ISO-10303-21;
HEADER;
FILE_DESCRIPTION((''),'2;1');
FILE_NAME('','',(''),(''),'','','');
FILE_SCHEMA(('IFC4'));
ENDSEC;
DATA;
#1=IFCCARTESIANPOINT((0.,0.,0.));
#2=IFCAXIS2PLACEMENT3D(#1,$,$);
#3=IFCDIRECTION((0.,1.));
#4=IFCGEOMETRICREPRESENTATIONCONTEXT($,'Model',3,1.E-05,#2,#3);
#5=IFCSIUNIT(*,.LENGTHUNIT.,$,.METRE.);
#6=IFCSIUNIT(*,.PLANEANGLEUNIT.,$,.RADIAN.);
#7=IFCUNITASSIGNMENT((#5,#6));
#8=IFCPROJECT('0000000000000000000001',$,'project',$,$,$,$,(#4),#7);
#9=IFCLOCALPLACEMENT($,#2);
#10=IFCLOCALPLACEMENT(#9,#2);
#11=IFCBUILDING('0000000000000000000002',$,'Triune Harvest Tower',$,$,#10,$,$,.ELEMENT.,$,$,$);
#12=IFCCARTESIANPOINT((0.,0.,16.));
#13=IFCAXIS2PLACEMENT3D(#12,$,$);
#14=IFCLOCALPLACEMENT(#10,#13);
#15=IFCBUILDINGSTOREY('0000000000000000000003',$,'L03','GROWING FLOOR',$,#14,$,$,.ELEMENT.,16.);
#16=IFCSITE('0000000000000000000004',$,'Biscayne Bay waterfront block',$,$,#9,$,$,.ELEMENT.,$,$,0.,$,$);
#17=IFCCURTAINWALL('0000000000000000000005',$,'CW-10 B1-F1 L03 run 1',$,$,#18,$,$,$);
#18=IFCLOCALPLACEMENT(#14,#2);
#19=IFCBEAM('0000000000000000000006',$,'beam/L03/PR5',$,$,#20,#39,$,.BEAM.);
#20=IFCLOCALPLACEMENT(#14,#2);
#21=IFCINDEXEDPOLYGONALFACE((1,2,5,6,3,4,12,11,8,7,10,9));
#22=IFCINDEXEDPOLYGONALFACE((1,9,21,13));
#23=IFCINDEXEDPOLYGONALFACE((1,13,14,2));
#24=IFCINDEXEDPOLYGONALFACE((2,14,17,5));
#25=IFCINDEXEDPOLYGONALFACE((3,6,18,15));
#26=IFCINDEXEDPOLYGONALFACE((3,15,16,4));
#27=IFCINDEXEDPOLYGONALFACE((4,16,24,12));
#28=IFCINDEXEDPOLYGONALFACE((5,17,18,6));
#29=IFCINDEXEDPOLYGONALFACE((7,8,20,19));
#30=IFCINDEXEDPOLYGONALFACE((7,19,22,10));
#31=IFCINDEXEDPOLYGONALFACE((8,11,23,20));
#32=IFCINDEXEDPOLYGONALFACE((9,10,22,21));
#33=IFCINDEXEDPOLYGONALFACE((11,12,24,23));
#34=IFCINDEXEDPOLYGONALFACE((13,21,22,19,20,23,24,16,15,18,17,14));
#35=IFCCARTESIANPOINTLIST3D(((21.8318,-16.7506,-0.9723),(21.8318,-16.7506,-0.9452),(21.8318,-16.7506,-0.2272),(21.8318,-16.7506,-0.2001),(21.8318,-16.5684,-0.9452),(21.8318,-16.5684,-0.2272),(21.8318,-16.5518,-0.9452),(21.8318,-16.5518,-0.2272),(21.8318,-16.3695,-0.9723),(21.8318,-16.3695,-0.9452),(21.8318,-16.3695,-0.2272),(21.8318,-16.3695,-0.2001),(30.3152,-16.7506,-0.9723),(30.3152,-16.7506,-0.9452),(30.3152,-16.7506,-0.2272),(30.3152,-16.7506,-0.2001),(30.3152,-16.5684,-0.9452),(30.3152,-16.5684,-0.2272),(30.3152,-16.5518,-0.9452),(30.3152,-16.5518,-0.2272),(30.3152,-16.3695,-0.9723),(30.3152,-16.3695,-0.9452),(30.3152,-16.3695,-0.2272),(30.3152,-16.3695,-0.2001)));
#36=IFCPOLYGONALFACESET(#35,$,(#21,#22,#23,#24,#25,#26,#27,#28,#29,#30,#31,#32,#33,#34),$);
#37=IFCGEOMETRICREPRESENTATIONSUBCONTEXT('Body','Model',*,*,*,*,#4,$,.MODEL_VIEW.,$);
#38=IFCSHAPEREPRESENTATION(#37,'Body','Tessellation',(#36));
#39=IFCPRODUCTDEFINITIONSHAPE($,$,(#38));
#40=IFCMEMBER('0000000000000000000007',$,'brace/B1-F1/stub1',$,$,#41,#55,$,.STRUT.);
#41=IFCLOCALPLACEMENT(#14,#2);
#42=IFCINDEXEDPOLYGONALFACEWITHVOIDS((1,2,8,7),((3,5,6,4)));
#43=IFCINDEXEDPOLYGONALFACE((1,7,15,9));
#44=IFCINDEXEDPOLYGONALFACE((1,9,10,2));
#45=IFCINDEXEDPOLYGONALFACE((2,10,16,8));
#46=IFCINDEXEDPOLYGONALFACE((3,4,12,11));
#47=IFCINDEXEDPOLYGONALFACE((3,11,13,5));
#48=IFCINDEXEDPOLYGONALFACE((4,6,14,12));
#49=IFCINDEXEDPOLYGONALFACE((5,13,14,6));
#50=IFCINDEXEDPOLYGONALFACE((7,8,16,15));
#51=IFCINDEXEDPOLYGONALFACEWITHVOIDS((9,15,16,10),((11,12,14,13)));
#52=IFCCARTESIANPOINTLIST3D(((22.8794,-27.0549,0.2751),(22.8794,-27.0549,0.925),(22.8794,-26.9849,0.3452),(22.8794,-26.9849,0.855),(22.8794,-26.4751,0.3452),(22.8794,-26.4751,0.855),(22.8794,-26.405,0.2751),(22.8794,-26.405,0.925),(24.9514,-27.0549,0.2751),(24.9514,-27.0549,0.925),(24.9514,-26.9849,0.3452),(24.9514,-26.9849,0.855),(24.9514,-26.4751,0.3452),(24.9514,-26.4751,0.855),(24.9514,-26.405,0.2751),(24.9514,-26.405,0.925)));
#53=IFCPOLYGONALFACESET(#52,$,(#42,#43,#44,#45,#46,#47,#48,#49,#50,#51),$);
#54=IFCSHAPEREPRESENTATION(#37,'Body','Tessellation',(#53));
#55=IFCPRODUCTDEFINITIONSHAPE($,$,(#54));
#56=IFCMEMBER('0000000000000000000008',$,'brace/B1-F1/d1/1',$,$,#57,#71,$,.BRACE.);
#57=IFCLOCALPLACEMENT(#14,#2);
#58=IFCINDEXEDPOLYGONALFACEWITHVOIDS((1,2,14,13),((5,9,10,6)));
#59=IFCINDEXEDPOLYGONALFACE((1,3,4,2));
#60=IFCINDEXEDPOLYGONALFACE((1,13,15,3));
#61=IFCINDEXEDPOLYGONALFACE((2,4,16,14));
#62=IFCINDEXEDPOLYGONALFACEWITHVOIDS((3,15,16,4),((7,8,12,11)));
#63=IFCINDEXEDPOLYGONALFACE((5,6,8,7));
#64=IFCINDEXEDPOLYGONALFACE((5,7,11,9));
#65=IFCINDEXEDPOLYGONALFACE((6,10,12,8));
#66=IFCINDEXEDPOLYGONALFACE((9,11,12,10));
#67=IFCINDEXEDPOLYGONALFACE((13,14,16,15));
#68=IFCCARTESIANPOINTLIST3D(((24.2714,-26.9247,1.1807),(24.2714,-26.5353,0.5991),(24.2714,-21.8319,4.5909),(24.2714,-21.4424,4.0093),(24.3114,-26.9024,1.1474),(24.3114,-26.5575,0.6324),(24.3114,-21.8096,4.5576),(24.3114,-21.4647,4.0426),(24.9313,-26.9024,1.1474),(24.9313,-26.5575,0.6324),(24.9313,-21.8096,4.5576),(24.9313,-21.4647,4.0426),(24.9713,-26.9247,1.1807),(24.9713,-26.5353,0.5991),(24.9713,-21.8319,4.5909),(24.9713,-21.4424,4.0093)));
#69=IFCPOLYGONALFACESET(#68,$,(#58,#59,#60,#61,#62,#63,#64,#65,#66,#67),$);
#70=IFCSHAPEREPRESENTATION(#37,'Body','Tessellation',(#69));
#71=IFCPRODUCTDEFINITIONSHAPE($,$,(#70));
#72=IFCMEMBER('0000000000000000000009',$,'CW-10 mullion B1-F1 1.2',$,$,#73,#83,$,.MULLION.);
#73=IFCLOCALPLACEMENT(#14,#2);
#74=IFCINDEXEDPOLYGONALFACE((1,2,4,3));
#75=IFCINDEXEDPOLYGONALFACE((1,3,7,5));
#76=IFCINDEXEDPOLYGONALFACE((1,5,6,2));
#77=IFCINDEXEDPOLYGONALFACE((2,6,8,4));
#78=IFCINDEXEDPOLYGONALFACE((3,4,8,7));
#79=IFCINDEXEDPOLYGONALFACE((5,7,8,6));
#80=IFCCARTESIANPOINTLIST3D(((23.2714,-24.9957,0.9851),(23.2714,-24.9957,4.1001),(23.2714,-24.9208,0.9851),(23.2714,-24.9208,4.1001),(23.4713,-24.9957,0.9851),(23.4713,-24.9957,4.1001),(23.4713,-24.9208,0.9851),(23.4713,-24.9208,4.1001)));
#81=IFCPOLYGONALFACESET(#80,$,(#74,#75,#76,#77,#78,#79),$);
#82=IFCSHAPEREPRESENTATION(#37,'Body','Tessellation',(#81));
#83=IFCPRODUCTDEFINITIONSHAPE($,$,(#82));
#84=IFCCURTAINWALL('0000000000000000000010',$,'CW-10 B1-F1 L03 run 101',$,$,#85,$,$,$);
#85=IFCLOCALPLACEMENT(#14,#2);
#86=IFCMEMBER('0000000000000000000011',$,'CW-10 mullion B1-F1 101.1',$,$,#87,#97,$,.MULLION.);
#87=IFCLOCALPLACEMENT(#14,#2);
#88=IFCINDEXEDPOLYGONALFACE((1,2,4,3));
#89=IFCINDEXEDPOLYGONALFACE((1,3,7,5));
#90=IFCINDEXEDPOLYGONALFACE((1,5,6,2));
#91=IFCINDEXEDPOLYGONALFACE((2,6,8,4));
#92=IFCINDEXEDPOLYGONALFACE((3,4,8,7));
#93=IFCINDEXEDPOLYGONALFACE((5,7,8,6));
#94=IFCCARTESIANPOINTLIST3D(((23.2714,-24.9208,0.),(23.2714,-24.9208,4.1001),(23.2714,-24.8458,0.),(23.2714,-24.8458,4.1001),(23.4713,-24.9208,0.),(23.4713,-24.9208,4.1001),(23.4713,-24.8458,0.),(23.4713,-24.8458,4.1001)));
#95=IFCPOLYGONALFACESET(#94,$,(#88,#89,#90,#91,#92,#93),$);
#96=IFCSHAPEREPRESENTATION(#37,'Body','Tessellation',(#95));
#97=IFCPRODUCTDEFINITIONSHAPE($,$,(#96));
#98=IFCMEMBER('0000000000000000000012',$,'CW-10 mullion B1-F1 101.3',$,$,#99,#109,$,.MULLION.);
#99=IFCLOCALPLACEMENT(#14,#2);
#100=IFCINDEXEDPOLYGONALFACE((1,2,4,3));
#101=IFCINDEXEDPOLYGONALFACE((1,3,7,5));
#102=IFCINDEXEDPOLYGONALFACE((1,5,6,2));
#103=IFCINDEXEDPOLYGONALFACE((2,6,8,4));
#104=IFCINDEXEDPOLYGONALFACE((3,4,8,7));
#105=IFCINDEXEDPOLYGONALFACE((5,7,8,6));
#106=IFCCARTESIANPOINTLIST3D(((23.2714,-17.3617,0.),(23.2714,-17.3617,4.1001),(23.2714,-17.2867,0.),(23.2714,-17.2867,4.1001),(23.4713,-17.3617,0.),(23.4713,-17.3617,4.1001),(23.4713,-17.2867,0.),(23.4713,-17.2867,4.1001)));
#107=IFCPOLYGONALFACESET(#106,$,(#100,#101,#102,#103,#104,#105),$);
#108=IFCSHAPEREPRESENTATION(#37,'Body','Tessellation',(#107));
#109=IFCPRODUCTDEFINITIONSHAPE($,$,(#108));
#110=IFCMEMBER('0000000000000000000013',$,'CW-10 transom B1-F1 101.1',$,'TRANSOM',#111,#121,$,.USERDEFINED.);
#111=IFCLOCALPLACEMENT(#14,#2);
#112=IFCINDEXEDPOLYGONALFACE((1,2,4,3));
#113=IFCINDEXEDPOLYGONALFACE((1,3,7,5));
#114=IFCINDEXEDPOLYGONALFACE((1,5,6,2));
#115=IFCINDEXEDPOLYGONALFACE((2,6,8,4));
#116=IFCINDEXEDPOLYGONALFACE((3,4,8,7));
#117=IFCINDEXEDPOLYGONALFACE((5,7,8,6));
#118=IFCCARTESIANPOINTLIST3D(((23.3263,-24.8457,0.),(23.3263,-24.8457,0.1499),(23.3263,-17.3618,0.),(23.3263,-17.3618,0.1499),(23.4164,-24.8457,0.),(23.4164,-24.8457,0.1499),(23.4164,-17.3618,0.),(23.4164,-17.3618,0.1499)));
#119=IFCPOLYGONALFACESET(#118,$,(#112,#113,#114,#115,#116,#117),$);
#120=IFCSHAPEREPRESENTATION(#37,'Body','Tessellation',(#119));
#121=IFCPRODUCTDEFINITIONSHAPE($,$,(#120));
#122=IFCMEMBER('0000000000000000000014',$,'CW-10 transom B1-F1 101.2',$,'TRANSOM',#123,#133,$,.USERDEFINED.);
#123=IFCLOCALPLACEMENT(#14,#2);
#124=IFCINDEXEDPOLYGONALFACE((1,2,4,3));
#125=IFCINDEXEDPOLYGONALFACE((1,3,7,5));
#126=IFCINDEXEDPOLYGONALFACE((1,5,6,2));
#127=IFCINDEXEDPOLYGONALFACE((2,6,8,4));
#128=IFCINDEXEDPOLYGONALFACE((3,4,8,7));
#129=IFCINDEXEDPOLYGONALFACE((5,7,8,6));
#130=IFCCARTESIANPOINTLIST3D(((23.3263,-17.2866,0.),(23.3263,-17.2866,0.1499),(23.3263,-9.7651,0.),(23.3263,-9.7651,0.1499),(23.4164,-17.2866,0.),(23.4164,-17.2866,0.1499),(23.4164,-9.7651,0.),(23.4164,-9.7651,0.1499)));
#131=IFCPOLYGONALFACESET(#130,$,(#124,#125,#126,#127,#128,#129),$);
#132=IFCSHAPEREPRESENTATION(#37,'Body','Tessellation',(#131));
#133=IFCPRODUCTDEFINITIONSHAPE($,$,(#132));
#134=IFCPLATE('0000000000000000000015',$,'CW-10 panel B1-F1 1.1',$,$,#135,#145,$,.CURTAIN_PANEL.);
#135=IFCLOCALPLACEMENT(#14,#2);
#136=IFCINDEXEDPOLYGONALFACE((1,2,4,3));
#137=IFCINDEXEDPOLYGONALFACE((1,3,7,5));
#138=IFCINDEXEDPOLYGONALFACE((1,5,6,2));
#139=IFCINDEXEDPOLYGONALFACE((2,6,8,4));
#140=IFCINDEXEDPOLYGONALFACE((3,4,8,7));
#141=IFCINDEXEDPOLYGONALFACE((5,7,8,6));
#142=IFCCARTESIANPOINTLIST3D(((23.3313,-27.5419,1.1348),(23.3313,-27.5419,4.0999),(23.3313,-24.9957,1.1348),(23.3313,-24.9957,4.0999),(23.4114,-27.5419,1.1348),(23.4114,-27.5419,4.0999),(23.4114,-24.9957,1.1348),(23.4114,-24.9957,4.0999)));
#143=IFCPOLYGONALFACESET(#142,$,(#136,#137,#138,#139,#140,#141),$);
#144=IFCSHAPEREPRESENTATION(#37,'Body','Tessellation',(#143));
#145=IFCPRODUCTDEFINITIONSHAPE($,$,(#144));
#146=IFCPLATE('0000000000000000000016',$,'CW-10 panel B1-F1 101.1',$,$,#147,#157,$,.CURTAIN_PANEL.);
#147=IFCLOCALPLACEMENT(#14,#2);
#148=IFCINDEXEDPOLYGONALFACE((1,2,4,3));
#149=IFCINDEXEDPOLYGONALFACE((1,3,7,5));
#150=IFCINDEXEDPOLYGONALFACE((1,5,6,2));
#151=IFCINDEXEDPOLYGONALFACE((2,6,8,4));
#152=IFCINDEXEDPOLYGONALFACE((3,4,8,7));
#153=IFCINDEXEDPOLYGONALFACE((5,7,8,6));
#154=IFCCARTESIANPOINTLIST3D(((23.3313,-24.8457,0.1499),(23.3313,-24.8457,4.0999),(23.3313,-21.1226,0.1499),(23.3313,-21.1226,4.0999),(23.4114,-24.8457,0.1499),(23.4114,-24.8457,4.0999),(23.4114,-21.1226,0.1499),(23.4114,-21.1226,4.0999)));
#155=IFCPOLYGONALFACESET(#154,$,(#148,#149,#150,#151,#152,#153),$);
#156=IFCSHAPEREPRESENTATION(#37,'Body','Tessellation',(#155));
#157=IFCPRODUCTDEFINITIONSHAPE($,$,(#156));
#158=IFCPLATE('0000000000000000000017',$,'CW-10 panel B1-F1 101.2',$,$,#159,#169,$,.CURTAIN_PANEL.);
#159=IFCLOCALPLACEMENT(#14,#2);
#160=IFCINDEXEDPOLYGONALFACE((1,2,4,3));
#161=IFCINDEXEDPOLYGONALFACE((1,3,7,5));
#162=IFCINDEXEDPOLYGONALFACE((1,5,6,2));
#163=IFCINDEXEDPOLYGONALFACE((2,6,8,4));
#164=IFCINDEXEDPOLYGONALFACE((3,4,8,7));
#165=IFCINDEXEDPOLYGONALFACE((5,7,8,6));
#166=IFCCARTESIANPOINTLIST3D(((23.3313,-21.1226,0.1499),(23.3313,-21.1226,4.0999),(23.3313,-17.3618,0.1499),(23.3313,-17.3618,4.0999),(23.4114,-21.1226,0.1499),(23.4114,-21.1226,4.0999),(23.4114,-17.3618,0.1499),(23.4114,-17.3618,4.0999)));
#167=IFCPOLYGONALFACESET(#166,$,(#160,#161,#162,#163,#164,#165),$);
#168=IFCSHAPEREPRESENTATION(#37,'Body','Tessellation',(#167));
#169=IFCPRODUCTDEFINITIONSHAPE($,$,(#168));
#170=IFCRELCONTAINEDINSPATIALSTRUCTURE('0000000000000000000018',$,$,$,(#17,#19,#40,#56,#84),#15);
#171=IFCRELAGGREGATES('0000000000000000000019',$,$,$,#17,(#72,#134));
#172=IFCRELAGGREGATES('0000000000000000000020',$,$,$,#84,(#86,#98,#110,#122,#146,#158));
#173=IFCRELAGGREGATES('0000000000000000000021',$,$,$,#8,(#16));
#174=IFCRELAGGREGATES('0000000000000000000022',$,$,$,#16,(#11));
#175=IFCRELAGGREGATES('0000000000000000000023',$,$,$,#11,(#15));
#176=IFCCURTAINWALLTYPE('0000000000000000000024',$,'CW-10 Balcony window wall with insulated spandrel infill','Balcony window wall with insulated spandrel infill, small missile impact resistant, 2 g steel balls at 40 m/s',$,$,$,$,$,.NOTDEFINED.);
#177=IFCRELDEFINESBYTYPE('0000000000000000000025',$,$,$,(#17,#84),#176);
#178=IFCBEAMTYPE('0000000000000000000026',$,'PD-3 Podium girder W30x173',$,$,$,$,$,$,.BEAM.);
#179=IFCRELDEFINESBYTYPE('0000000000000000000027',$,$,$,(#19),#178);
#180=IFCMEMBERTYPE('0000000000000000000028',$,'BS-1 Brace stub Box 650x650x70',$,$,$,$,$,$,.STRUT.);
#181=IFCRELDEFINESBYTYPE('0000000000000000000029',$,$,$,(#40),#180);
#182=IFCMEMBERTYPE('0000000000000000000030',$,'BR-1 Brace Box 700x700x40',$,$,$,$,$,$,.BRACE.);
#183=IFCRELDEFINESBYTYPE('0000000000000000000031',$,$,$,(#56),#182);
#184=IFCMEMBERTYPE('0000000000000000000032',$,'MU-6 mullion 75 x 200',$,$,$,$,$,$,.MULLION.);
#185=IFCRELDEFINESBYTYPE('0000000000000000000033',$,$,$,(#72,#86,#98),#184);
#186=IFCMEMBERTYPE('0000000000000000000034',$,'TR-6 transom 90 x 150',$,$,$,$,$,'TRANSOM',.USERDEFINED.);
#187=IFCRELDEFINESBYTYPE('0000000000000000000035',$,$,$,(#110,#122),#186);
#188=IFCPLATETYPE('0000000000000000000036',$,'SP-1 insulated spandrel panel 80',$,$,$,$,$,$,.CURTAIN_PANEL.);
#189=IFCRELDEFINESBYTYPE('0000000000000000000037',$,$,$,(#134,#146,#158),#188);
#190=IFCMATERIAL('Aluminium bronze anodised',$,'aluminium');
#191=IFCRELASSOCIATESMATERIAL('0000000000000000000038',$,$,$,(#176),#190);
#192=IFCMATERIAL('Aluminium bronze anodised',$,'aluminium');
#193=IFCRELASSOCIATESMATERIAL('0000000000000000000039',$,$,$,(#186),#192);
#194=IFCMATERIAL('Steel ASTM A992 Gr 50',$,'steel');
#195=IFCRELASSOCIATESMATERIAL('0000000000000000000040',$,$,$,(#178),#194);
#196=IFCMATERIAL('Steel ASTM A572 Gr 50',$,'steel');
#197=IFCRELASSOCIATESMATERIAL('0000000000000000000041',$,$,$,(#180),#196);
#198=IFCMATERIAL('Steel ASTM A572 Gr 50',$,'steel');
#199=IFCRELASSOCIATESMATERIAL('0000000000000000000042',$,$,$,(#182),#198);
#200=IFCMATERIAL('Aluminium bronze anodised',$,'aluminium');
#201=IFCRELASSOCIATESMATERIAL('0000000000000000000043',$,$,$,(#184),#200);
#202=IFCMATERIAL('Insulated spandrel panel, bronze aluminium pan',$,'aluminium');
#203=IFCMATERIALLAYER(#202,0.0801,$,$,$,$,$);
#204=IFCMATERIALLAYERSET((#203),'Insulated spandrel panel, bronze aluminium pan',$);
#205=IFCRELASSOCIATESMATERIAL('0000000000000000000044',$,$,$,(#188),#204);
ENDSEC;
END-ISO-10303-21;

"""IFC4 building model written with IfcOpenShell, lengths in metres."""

from ifc_helpers import new_model, si_unit, direction, frame, origin, origin_2d, place, context, subcontext, project, spatial, rectangle, hollow_rectangle, i_section, extrude, source, transform, mapped, material, layer, layer_set, material_profile, profile_set, type_object, element, aggregate, save


model = new_model("IFC4")

# Units and contexts
model_context = context("Model", 3, precision=1e-05, world=origin(), true_north=direction((0.0, 1.0)))
body_context = subcontext(model_context, "Body", "Model", "MODEL_VIEW")
ifc_project = project(units=[si_unit("LENGTHUNIT", "METRE"), si_unit("PLANEANGLEUNIT", "RADIAN")], contexts=[model_context])

# Site, building, storey
site_placement = place(None, origin())
site = spatial("IfcSite", under=ifc_project, at=site_placement, Name="Biscayne Bay waterfront block", CompositionType="ELEMENT", RefElevation=0.0)
building_placement = place(site_placement, origin())
building = spatial("IfcBuilding", under=site, at=building_placement, Name="Triune Harvest Tower", CompositionType="ELEMENT")
storey_placement = place(building_placement, frame((0.0, 0.0, 16.0)))
storey = spatial("IfcBuildingStorey", under=building, at=storey_placement, Name="L03", Description="GROWING FLOOR", CompositionType="ELEMENT", Elevation=16.0)

# Curtain wall
ifc_material_1 = material(Name="Aluminium bronze anodised", Category="aluminium")
curtain_wall_type = type_object("IfcCurtainWallType", Name="CW-10 Balcony window wall with insulated spandrel infill", Description="Balcony window wall with insulated spandrel infill, small missile impact resistant, 2 g steel balls at 40 m/s", PredefinedType="NOTDEFINED", material=ifc_material_1)
curtain_wall_1_placement = place(storey_placement, origin())
curtain_wall_1 = element("IfcCurtainWall", 1, at=curtain_wall_1_placement, inside=storey, type_object=curtain_wall_type, Name="CW-10 B1-F1 L03 run 1")
ifc_material_2 = material(Name="Aluminium bronze anodised", Category="aluminium")
ifc_material_profile_1 = material_profile(ifc_material_2, rectangle(XDim=0.0901, YDim=0.1499, at=origin_2d()), Name="TR-6 transom 90 x 150")
ifc_profile_set_1 = profile_set([ifc_material_profile_1], Name="Aluminium bronze anodised")
member_type_1 = type_object("IfcMemberType", Name="TR-6 transom 90 x 150", ElementType="TRANSOM", PredefinedType="USERDEFINED", material=ifc_profile_set_1)

# Beam
ifc_material_3 = material(Name="Steel ASTM A992 Gr 50", Category="steel")
ifc_material_profile_2 = material_profile(ifc_material_3, i_section(OverallWidth=0.3811, OverallDepth=0.7722, WebThickness=0.0166, FlangeThickness=0.0271, at=origin_2d()), Name="W30x173")
ifc_profile_set_2 = profile_set([ifc_material_profile_2], Name="Steel ASTM A992 Gr 50")
beam_type_1 = type_object("IfcBeamType", Name="PD-3 Podium girder W30x173", PredefinedType="BEAM", material=ifc_profile_set_2)
shared_shape_1 = source(origin(), body_context, "Body", "SweptSolid", [
    extrude(i_section(OverallWidth=0.3811, OverallDepth=0.7722, WebThickness=0.0166, FlangeThickness=0.0271, at=origin_2d()), origin(), (0.0, 0.0, 1.0), 8.4834),
])
for number, where, z_axis, x_axis, name in (
    (2, (30.3152, -16.5601, -0.5862), (-1.0, 0.0, 0.0), (0.0, -1.0, 0.0), "beam/L03/PR5"),
):
    element("IfcBeam", number, at=place(storey_placement, frame(where, z_axis=z_axis, x_axis=x_axis)), inside=storey, type_object=beam_type_1, Name=name, PredefinedType="BEAM", context=body_context, shape_type="MappedRepresentation", body=[
        mapped(shared_shape_1, transform((0.0, 0.0, 0.0), scale=1.0)),
    ])

# Members
ifc_material_4 = material(Name="Steel ASTM A572 Gr 50", Category="steel")
ifc_material_profile_3 = material_profile(ifc_material_4, hollow_rectangle(XDim=0.6499, YDim=0.6499, WallThickness=0.0701, at=origin_2d()), Name="Box 650x650x70")
ifc_profile_set_3 = profile_set([ifc_material_profile_3], Name="Steel ASTM A572 Gr 50")
member_type_2 = type_object("IfcMemberType", Name="BS-1 Brace stub Box 650x650x70", PredefinedType="STRUT", material=ifc_profile_set_3)
shared_shape_2 = source(origin(), body_context, "Body", "SweptSolid", [
    extrude(hollow_rectangle(XDim=0.6499, YDim=0.6499, WallThickness=0.0701, at=origin_2d()), origin(), (0.0, 0.0, 1.0), 2.072),
])
member_1_placement = place(storey_placement, frame((22.8794, -26.73, 0.6001), z_axis=(1.0, 0.0, 0.0), x_axis=(0.0, 1.0, 0.0)))
element("IfcMember", 3, at=member_1_placement, inside=storey, type_object=member_type_2, Name="brace/B1-F1/stub1", PredefinedType="STRUT", context=body_context, shape_type="MappedRepresentation", body=[
    mapped(shared_shape_2, transform((0.0, 0.0, 0.0), scale=1.0)),
])
ifc_material_5 = material(Name="Steel ASTM A572 Gr 50", Category="steel")
ifc_material_profile_4 = material_profile(ifc_material_5, hollow_rectangle(XDim=0.7, YDim=0.7, WallThickness=0.04, at=origin_2d()), Name="Box 700x700x40")
ifc_profile_set_4 = profile_set([ifc_material_profile_4], Name="Steel ASTM A572 Gr 50")
member_type_3 = type_object("IfcMemberType", Name="BR-1 Brace Box 700x700x40", PredefinedType="BRACE", material=ifc_profile_set_4)
shared_shape_3 = source(origin(), body_context, "Body", "SweptSolid", [
    extrude(hollow_rectangle(XDim=0.7, YDim=0.7, WallThickness=0.04, at=origin_2d()), origin(), (0.0, 0.0, 1.0), 6.1292),
])
member_2_placement = place(storey_placement, frame((24.6213, -26.73, 0.8899), z_axis=(0.0, 0.830921, 0.55639), x_axis=(-1.0, 0.0, 0.0)))
element("IfcMember", 4, at=member_2_placement, inside=storey, type_object=member_type_3, Name="brace/B1-F1/d1/1", PredefinedType="BRACE", context=body_context, shape_type="MappedRepresentation", body=[
    mapped(shared_shape_3, transform((0.0, 0.0, 0.0), scale=1.0)),
])

# Member
ifc_material_6 = material(Name="Aluminium bronze anodised", Category="aluminium")
ifc_material_profile_5 = material_profile(ifc_material_6, rectangle(XDim=0.2, YDim=0.075, at=origin_2d()), Name="MU-6 mullion 75 x 200")
ifc_profile_set_5 = profile_set([ifc_material_profile_5], Name="Aluminium bronze anodised")
member_type_4 = type_object("IfcMemberType", Name="MU-6 mullion 75 x 200", PredefinedType="MULLION", material=ifc_profile_set_5)
shared_shape_4 = source(origin(), body_context, "Body", "SweptSolid", [
    extrude(rectangle(XDim=0.2, YDim=0.075, at=origin_2d()), origin(), (0.0, 0.0, 1.0), 3.115),
])
member_3_placement = place(storey_placement, frame((23.3713, -24.9583, 0.9851), z_axis=(0.0, 0.0, 1.0), x_axis=(-1.0, 0.0, 0.0)))
member_3 = element("IfcMember", 5, at=member_3_placement, type_object=member_type_4, Name="CW-10 mullion B1-F1 1.2", PredefinedType="MULLION", context=body_context, shape_type="MappedRepresentation", body=[
    mapped(shared_shape_4, transform((0.0, 0.0, 0.0), scale=1.0)),
])

# Curtain wall, members
curtain_wall_2_placement = place(storey_placement, origin())
curtain_wall_2 = element("IfcCurtainWall", 6, at=curtain_wall_2_placement, inside=storey, type_object=curtain_wall_type, Name="CW-10 B1-F1 L03 run 101")
shared_shape_5 = source(origin(), body_context, "Body", "SweptSolid", [
    extrude(rectangle(XDim=0.2, YDim=0.075, at=origin_2d()), origin(), (0.0, 0.0, 1.0), 4.1001),
])
member_4_placement = place(storey_placement, frame((23.3713, -24.8833, 0.0), z_axis=(0.0, 0.0, 1.0), x_axis=(-1.0, 0.0, 0.0)))
member_4 = element("IfcMember", 7, at=member_4_placement, type_object=member_type_4, Name="CW-10 mullion B1-F1 101.1", PredefinedType="MULLION", context=body_context, shape_type="MappedRepresentation", body=[
    mapped(shared_shape_5, transform((0.0, 0.0, 0.0), scale=1.0)),
])
member_5_placement = place(storey_placement, frame((23.3713, -17.3242, 0.0), z_axis=(0.0, 0.0, 1.0), x_axis=(-1.0, 0.0, 0.0)))
member_5 = element("IfcMember", 8, at=member_5_placement, type_object=member_type_4, Name="CW-10 mullion B1-F1 101.3", PredefinedType="MULLION", context=body_context, shape_type="MappedRepresentation", body=[
    mapped(shared_shape_5, transform((0.0, 0.0, 0.0), scale=1.0)),
])
shared_shape_6 = source(origin(), body_context, "Body", "SweptSolid", [
    extrude(rectangle(XDim=0.0901, YDim=0.1499, at=origin_2d()), origin(), (0.0, 0.0, 1.0), 7.4839),
])
member_6_placement = place(storey_placement, frame((23.3713, -24.8457, 0.075), z_axis=(0.0, 1.0, 0.0), x_axis=(-1.0, 0.0, 0.0)))
member_6 = element("IfcMember", 9, at=member_6_placement, type_object=member_type_1, Name="CW-10 transom B1-F1 101.1", ObjectType="TRANSOM", PredefinedType="USERDEFINED", context=body_context, shape_type="MappedRepresentation", body=[
    mapped(shared_shape_6, transform((0.0, 0.0, 0.0), scale=1.0)),
])
shared_shape_7 = source(origin(), body_context, "Body", "SweptSolid", [
    extrude(rectangle(XDim=0.0901, YDim=0.1499, at=origin_2d()), origin(), (0.0, 0.0, 1.0), 7.5215),
])
member_7_placement = place(storey_placement, frame((23.3713, -17.2866, 0.075), z_axis=(0.0, 1.0, 0.0), x_axis=(-1.0, 0.0, 0.0)))
member_7 = element("IfcMember", 10, at=member_7_placement, type_object=member_type_1, Name="CW-10 transom B1-F1 101.2", ObjectType="TRANSOM", PredefinedType="USERDEFINED", context=body_context, shape_type="MappedRepresentation", body=[
    mapped(shared_shape_7, transform((0.0, 0.0, 0.0), scale=1.0)),
])

# Plates
ifc_material_7 = material(Name="Insulated spandrel panel, bronze aluminium pan", Category="aluminium")
ifc_layer_1 = layer(ifc_material_7, 0.0801)
ifc_layer_set_1 = layer_set([ifc_layer_1], Name="Insulated spandrel panel, bronze aluminium pan")
plate_type = type_object("IfcPlateType", Name="SP-1 insulated spandrel panel 80", PredefinedType="CURTAIN_PANEL", material=ifc_layer_set_1)
plate_1_placement = place(storey_placement, frame((23.3713, -26.2688, 1.1348), z_axis=(0.0, 0.0, 1.0), x_axis=(0.0, 1.0, 0.0)))
plate_1 = element("IfcPlate", 11, at=plate_1_placement, type_object=plate_type, Name="CW-10 panel B1-F1 1.1", PredefinedType="CURTAIN_PANEL", context=body_context, shape_type="SweptSolid", body=[
    extrude(rectangle(XDim=2.5461, YDim=0.0801, at=origin_2d()), origin(), (0.0, 0.0, 1.0), 2.9651),
])
aggregate(curtain_wall_1, [member_3, plate_1])
shared_shape_8 = source(origin(), body_context, "Body", "SweptSolid", [
    extrude(rectangle(XDim=3.7231, YDim=0.0801, at=origin_2d()), origin(), (0.0, 0.0, 1.0), 3.95),
])
plate_2_placement = place(storey_placement, frame((23.3713, -22.9841, 0.1499), z_axis=(0.0, 0.0, 1.0), x_axis=(0.0, 1.0, 0.0)))
plate_2 = element("IfcPlate", 12, at=plate_2_placement, type_object=plate_type, Name="CW-10 panel B1-F1 101.1", PredefinedType="CURTAIN_PANEL", context=body_context, shape_type="MappedRepresentation", body=[
    mapped(shared_shape_8, transform((0.0, 0.0, 0.0), scale=1.0)),
])
shared_shape_9 = source(origin(), body_context, "Body", "SweptSolid", [
    extrude(rectangle(XDim=3.7607, YDim=0.0801, at=origin_2d()), origin(), (0.0, 0.0, 1.0), 3.95),
])
plate_3_placement = place(storey_placement, frame((23.3713, -19.2422, 0.1499), z_axis=(0.0, 0.0, 1.0), x_axis=(0.0, 1.0, 0.0)))
plate_3 = element("IfcPlate", 13, at=plate_3_placement, type_object=plate_type, Name="CW-10 panel B1-F1 101.2", PredefinedType="CURTAIN_PANEL", context=body_context, shape_type="MappedRepresentation", body=[
    mapped(shared_shape_9, transform((0.0, 0.0, 0.0), scale=1.0)),
])
aggregate(curtain_wall_2, [member_4, member_5, member_6, member_7, plate_2, plate_3])

save(model, "model.ifc")
